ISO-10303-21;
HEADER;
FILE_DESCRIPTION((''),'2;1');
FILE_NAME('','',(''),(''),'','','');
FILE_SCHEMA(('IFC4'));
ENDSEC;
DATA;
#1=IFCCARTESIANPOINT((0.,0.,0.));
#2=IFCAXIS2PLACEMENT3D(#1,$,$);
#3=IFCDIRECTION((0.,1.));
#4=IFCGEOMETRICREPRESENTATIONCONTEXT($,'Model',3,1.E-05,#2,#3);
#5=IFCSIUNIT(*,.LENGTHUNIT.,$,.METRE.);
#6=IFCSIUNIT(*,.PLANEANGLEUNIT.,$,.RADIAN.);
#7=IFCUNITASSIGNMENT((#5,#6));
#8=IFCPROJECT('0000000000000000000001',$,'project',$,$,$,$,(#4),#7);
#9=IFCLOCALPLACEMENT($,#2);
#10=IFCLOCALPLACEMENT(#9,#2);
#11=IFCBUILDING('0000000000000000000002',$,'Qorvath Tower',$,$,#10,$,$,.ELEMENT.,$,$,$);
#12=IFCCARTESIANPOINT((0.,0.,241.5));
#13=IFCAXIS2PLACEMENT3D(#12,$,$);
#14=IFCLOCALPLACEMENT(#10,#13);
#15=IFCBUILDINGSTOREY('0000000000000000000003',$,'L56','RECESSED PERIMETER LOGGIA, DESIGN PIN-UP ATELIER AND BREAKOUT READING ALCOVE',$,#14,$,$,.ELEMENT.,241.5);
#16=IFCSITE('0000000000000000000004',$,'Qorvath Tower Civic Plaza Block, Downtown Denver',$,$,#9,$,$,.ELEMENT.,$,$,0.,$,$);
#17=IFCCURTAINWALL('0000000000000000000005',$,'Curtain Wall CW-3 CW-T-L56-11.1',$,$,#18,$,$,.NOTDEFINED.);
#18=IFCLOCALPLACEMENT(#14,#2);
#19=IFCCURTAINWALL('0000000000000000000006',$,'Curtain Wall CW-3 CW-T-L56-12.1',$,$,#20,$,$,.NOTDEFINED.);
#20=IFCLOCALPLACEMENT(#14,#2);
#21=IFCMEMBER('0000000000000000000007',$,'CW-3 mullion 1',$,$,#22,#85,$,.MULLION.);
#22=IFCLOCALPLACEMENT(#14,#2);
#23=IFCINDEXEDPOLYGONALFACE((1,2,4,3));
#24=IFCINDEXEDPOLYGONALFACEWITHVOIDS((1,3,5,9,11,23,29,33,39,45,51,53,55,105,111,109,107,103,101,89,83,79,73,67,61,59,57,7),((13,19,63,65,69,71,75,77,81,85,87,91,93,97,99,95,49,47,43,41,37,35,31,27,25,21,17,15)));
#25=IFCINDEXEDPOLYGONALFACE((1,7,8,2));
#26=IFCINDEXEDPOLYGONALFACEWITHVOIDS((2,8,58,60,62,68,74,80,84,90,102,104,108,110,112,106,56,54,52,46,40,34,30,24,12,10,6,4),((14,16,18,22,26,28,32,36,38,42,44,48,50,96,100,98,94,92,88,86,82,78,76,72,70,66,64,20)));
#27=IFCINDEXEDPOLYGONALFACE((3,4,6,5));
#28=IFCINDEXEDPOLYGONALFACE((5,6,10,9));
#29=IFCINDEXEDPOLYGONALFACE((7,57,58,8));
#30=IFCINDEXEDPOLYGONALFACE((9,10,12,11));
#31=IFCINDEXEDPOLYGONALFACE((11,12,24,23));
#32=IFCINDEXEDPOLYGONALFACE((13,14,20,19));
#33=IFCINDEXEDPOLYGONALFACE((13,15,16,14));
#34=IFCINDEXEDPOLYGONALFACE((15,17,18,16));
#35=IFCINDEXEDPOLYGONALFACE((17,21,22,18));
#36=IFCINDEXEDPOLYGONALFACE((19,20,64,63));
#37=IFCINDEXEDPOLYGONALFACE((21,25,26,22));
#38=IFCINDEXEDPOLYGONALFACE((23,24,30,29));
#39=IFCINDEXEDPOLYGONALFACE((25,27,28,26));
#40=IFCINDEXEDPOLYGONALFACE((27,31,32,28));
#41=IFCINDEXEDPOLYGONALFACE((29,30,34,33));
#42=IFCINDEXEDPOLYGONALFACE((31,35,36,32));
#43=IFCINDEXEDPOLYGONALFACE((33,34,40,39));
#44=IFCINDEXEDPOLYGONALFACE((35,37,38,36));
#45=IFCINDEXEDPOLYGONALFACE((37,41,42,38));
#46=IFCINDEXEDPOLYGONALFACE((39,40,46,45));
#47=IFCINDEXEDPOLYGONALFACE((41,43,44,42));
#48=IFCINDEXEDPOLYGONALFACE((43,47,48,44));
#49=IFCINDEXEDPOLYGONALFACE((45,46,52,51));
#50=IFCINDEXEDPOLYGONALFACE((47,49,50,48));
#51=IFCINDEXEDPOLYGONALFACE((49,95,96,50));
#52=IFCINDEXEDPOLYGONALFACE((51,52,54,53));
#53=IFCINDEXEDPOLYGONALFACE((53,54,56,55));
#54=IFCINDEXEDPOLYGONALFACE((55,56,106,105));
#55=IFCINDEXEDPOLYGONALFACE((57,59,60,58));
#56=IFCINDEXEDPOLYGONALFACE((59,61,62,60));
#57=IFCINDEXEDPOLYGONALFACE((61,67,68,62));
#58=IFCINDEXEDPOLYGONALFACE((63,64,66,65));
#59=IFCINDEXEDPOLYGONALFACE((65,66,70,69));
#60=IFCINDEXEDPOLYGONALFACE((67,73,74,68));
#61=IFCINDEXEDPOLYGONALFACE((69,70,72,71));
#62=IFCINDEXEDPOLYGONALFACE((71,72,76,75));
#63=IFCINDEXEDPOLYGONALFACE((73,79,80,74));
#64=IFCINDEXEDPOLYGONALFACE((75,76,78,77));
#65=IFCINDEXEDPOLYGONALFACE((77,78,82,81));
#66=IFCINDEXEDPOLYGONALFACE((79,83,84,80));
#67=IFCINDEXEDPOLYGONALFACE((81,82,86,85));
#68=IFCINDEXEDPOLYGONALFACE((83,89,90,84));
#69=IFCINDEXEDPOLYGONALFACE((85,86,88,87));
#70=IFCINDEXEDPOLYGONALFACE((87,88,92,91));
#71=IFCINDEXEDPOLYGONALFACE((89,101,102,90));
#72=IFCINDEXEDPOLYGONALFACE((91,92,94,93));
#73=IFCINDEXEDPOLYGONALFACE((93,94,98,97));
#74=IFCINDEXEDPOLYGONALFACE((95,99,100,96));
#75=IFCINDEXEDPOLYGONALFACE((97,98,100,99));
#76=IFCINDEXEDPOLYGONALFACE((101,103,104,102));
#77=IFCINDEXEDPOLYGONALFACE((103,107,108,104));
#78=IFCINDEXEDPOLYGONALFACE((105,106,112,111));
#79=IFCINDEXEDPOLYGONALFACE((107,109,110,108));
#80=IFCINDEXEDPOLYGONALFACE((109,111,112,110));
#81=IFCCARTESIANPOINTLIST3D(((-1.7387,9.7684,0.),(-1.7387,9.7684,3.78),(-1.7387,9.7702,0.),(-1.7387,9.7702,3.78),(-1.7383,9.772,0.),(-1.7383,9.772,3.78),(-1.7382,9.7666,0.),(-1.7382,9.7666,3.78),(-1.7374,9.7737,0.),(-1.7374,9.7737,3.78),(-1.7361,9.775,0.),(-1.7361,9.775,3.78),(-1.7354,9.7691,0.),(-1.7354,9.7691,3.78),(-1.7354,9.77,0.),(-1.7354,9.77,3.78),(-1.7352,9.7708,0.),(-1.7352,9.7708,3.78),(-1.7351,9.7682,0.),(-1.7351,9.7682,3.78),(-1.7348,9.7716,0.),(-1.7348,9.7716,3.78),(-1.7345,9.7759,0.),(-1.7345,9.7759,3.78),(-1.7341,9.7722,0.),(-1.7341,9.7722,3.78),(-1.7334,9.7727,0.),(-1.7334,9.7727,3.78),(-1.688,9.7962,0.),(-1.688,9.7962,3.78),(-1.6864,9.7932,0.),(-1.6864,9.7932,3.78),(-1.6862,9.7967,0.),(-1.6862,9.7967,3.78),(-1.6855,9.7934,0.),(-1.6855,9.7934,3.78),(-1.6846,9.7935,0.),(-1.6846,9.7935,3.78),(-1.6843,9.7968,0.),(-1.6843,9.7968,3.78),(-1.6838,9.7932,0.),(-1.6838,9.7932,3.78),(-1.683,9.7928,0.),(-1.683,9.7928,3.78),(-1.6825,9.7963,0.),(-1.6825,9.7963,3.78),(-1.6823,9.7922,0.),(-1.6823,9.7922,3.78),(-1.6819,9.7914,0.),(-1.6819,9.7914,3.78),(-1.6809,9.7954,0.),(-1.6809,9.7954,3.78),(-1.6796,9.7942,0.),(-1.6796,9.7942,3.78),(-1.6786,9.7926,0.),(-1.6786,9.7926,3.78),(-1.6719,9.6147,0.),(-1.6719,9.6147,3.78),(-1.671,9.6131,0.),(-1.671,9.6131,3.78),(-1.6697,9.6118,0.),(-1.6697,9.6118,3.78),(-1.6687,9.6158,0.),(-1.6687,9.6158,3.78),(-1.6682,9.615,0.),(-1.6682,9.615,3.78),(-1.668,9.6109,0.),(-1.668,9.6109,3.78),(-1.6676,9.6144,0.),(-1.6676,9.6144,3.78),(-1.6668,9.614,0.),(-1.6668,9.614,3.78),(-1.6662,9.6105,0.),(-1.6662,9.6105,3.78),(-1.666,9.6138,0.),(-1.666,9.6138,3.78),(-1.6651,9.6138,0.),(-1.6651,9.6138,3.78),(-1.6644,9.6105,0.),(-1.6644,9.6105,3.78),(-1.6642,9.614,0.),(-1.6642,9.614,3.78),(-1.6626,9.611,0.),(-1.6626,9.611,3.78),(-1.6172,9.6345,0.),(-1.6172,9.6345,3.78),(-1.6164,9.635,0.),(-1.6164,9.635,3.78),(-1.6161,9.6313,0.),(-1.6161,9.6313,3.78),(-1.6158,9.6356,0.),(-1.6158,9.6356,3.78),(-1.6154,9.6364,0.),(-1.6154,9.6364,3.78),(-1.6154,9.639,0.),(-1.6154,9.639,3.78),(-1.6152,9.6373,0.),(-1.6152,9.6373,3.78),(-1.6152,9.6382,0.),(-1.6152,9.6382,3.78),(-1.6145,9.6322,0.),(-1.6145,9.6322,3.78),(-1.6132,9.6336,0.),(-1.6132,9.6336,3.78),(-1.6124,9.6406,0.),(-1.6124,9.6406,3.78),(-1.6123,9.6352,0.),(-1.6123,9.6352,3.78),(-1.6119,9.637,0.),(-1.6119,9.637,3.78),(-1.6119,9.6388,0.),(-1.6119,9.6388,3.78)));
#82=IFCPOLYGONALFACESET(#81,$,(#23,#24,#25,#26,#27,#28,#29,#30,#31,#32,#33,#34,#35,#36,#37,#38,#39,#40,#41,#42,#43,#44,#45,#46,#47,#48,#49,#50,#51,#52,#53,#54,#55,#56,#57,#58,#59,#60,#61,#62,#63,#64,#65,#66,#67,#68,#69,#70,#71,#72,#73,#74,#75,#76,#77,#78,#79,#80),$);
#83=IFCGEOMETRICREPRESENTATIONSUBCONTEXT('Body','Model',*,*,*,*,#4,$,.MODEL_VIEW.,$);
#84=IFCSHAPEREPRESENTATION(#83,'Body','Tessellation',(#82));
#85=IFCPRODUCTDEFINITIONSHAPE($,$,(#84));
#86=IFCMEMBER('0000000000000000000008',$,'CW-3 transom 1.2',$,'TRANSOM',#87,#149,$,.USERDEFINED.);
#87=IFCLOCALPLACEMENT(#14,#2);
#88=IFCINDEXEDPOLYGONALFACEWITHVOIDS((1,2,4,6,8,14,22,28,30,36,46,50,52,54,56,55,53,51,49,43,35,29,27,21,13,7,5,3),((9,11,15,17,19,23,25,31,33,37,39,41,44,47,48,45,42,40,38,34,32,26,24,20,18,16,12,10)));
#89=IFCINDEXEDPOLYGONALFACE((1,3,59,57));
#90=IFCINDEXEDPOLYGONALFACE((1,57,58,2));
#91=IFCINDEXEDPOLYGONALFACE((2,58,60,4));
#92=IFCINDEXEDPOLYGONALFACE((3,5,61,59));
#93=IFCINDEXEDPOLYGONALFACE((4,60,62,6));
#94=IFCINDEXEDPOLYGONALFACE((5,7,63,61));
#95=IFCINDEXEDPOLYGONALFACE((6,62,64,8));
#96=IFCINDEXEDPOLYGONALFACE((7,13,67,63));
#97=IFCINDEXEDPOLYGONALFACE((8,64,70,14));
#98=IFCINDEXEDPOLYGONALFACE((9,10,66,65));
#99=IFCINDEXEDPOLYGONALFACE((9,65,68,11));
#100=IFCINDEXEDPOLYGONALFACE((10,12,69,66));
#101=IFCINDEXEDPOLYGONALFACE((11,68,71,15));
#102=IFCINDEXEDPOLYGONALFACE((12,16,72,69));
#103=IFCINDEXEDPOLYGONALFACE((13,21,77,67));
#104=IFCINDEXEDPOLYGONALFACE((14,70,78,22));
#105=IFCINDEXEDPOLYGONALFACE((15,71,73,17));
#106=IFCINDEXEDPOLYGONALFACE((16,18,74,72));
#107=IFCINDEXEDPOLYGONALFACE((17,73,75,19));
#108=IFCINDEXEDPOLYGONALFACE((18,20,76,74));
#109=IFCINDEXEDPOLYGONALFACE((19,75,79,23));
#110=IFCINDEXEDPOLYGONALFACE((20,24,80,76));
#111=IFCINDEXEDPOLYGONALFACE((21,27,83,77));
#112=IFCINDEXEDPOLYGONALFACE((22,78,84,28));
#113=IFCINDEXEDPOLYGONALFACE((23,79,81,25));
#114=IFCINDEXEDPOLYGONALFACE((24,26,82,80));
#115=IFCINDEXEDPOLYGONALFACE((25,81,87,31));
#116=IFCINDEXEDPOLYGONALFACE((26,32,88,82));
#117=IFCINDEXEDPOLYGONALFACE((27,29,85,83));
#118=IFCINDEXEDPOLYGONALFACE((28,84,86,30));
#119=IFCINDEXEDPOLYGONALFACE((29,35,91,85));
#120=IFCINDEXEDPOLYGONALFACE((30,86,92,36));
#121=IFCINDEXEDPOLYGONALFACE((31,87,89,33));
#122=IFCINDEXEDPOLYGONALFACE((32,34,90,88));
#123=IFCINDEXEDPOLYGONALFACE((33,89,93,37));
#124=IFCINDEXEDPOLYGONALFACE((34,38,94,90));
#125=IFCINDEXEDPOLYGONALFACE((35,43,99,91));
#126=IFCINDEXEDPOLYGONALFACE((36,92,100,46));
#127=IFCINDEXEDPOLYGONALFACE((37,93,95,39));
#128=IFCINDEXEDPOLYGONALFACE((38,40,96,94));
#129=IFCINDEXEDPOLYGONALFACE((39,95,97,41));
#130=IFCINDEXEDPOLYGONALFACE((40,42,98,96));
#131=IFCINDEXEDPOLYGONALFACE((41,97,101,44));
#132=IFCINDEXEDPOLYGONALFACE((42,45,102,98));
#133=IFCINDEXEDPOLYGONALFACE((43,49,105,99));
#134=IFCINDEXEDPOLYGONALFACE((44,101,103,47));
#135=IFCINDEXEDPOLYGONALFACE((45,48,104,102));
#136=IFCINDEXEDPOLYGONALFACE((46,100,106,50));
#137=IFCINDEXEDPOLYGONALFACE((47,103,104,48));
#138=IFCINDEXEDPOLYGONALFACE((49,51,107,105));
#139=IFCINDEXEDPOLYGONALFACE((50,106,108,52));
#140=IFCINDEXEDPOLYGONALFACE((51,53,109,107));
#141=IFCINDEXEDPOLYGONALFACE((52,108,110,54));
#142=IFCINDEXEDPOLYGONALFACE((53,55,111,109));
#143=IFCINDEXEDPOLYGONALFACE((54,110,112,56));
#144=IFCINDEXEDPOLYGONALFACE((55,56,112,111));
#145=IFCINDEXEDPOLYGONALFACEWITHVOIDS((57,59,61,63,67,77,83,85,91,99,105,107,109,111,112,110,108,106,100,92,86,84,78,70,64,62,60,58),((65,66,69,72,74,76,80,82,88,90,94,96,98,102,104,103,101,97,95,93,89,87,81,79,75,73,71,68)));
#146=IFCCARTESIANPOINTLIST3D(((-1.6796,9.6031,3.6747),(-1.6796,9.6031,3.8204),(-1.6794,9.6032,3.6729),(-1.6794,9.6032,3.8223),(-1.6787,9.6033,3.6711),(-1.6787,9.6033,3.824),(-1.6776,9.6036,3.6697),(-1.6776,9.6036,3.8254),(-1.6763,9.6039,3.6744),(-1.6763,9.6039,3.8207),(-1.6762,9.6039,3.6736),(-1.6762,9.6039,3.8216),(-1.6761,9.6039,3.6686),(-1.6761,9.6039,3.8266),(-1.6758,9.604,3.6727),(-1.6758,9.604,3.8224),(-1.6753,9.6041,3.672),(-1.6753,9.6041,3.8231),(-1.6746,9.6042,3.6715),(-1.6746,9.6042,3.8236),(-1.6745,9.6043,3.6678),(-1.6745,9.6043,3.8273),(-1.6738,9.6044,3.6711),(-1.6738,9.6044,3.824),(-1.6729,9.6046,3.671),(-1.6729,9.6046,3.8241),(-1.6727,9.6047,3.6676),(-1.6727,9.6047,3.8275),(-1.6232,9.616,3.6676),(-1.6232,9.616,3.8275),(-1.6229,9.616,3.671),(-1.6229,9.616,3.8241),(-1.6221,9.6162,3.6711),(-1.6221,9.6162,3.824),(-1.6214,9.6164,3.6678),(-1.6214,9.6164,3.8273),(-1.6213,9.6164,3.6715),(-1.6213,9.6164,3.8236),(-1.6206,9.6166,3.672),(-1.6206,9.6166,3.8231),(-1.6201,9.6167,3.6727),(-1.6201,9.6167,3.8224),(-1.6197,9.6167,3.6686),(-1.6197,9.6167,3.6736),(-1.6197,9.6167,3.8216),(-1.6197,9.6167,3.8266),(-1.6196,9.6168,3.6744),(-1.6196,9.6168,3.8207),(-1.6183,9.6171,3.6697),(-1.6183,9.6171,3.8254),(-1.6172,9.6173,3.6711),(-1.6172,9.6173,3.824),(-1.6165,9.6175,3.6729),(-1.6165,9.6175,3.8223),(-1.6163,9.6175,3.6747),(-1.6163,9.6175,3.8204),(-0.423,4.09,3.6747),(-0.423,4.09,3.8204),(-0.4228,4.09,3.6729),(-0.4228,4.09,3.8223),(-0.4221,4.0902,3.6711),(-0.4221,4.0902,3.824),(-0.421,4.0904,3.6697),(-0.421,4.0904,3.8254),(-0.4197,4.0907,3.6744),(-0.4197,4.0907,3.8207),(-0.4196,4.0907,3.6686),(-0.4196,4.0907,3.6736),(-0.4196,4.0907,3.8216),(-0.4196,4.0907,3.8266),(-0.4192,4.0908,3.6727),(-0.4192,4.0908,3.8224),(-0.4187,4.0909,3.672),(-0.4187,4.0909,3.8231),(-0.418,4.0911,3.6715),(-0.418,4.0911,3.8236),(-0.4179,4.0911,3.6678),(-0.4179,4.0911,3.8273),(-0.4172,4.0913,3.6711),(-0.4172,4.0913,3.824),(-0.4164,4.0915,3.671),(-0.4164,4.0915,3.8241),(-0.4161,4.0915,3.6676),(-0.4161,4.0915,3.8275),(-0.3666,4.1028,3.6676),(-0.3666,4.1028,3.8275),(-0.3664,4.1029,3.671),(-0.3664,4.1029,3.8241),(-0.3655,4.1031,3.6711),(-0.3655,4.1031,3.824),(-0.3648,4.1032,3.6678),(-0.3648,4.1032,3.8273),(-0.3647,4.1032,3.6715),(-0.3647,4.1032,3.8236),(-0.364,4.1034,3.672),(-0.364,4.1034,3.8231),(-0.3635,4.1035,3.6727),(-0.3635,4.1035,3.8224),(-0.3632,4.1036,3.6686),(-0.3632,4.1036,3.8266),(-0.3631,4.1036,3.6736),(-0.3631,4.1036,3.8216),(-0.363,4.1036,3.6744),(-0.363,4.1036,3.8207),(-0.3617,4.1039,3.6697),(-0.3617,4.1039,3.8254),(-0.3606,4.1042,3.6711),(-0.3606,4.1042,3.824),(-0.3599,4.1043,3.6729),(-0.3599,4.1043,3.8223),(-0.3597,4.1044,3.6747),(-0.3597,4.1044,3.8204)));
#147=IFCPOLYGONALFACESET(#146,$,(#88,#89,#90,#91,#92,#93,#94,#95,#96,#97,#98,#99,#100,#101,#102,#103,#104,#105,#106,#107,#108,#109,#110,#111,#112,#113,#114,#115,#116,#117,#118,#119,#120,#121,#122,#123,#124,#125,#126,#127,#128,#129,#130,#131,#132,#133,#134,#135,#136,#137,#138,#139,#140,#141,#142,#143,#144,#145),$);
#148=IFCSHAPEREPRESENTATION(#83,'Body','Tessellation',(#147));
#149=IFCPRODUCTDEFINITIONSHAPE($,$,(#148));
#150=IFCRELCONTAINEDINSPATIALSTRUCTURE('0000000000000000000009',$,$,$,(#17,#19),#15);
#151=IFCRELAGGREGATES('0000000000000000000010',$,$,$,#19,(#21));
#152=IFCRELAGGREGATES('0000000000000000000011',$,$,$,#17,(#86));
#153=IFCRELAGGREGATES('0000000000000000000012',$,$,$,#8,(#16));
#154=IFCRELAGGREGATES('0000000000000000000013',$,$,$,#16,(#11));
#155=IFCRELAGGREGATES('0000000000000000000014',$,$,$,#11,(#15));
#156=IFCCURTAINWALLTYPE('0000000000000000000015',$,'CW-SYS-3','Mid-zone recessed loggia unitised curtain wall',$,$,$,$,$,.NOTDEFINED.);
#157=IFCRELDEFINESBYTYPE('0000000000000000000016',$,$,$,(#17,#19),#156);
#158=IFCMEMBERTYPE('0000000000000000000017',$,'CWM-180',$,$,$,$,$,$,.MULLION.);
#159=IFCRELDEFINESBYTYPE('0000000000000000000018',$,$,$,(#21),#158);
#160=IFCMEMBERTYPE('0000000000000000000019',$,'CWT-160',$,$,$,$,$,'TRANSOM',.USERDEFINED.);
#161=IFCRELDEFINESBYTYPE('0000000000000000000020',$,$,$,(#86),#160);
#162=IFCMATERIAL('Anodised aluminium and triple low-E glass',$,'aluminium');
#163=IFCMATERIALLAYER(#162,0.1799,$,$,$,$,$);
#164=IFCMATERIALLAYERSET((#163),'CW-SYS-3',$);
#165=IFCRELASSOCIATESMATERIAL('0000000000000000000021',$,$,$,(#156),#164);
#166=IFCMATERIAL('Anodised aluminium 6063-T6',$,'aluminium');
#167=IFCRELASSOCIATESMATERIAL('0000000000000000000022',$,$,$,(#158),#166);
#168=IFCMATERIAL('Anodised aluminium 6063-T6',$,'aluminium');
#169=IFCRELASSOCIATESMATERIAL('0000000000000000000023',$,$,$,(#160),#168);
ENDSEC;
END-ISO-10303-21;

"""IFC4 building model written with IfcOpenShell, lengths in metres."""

from ifc_helpers import new_model, si_unit, direction, frame, origin, origin_2d, place, context, subcontext, project, spatial, hollow_rectangle, extrude, material, layer, layer_set, material_profile, profile_set, type_object, element, aggregate, save


model = new_model("IFC4")

# Units and contexts
model_context = context("Model", 3, precision=1e-05, world=origin(), true_north=direction((0.0, 1.0)))
body_context = subcontext(model_context, "Body", "Model", "MODEL_VIEW")
ifc_project = project(units=[si_unit("LENGTHUNIT", "METRE"), si_unit("PLANEANGLEUNIT", "RADIAN")], contexts=[model_context])

# Site, building, storey
site_placement = place(None, origin())
site = spatial("IfcSite", under=ifc_project, at=site_placement, Name="Qorvath Tower Civic Plaza Block, Downtown Denver", CompositionType="ELEMENT", RefElevation=0.0)
building_placement = place(site_placement, origin())
building = spatial("IfcBuilding", under=site, at=building_placement, Name="Qorvath Tower", CompositionType="ELEMENT")
storey_placement = place(building_placement, frame((0.0, 0.0, 241.5)))
storey = spatial("IfcBuildingStorey", under=building, at=storey_placement, Name="L56", Description="RECESSED PERIMETER LOGGIA, DESIGN PIN-UP ATELIER AND BREAKOUT READING ALCOVE", CompositionType="ELEMENT", Elevation=241.5)

# Curtain walls, member
ifc_material_1 = material(Name="Anodised aluminium and triple low-E glass", Category="aluminium")
ifc_layer_1 = layer(ifc_material_1, 0.1799)
ifc_layer_set_1 = layer_set([ifc_layer_1], Name="CW-SYS-3")
curtain_wall_type = type_object("IfcCurtainWallType", Name="CW-SYS-3", Description="Mid-zone recessed loggia unitised curtain wall", PredefinedType="NOTDEFINED", material=ifc_layer_set_1)
curtain_wall_1_placement = place(storey_placement, origin())
curtain_wall_1 = element("IfcCurtainWall", 1, at=curtain_wall_1_placement, inside=storey, type_object=curtain_wall_type, Name="Curtain Wall CW-3 CW-T-L56-11.1", PredefinedType="NOTDEFINED")
ifc_material_2 = material(Name="Anodised aluminium 6063-T6", Category="aluminium")
ifc_material_profile_1 = material_profile(ifc_material_2, hollow_rectangle(XDim=0.0649, YDim=0.1799, WallThickness=0.0034, InnerFilletRadius=0.0034, OuterFilletRadius=0.0071, at=origin_2d()), Name="CWM 180x65")
ifc_profile_set_1 = profile_set([ifc_material_profile_1], Name="Anodised aluminium 6063-T6")
member_type_1 = type_object("IfcMemberType", Name="CWM-180", PredefinedType="MULLION", material=ifc_profile_set_1)
curtain_wall_2_placement = place(storey_placement, origin())
curtain_wall_2 = element("IfcCurtainWall", 2, at=curtain_wall_2_placement, inside=storey, type_object=curtain_wall_type, Name="Curtain Wall CW-3 CW-T-L56-12.1", PredefinedType="NOTDEFINED")
member_1_placement = place(storey_placement, frame((-1.6753, 9.7036, 0.0), z_axis=(0.0, 0.0, 1.0), x_axis=(-0.9167, -0.399576, 0.0)))
member_1 = element("IfcMember", 3, at=member_1_placement, type_object=member_type_1, Name="CW-3 mullion 1", PredefinedType="MULLION", context=body_context, shape_type="SweptSolid", body=[
    extrude(hollow_rectangle(XDim=0.0649, YDim=0.1799, WallThickness=0.0034, InnerFilletRadius=0.0034, OuterFilletRadius=0.0071, at=origin_2d()), origin(), (0.0, 0.0, 1.0), 3.78),
])

# Member
ifc_material_3 = material(Name="Anodised aluminium 6063-T6", Category="aluminium")
ifc_material_profile_2 = material_profile(ifc_material_3, hollow_rectangle(XDim=0.0649, YDim=0.1599, WallThickness=0.0034, InnerFilletRadius=0.0034, OuterFilletRadius=0.0071, at=origin_2d()), Name="CWT 160x65")
ifc_profile_set_2 = profile_set([ifc_material_profile_2], Name="Anodised aluminium 6063-T6")
member_type_2 = type_object("IfcMemberType", Name="CWT-160", ElementType="TRANSOM", PredefinedType="USERDEFINED", material=ifc_profile_set_2)
member_2_placement = place(storey_placement, frame((-0.3914, 4.0972, 3.7476), z_axis=(-0.222226, 0.974995, 0.0), x_axis=(-0.974995, -0.222226, 0.0)))
member_2 = element("IfcMember", 4, at=member_2_placement, type_object=member_type_2, Name="CW-3 transom 1.2", ObjectType="TRANSOM", PredefinedType="USERDEFINED", context=body_context, shape_type="SweptSolid", body=[
    extrude(hollow_rectangle(XDim=0.0649, YDim=0.1599, WallThickness=0.0034, InnerFilletRadius=0.0034, OuterFilletRadius=0.0071, at=origin_2d()), origin(), (0.0, 0.0, 1.0), 5.6545),
])
aggregate(curtain_wall_2, [member_1])

aggregate(curtain_wall_1, [member_2])

save(model, "model.ifc")
